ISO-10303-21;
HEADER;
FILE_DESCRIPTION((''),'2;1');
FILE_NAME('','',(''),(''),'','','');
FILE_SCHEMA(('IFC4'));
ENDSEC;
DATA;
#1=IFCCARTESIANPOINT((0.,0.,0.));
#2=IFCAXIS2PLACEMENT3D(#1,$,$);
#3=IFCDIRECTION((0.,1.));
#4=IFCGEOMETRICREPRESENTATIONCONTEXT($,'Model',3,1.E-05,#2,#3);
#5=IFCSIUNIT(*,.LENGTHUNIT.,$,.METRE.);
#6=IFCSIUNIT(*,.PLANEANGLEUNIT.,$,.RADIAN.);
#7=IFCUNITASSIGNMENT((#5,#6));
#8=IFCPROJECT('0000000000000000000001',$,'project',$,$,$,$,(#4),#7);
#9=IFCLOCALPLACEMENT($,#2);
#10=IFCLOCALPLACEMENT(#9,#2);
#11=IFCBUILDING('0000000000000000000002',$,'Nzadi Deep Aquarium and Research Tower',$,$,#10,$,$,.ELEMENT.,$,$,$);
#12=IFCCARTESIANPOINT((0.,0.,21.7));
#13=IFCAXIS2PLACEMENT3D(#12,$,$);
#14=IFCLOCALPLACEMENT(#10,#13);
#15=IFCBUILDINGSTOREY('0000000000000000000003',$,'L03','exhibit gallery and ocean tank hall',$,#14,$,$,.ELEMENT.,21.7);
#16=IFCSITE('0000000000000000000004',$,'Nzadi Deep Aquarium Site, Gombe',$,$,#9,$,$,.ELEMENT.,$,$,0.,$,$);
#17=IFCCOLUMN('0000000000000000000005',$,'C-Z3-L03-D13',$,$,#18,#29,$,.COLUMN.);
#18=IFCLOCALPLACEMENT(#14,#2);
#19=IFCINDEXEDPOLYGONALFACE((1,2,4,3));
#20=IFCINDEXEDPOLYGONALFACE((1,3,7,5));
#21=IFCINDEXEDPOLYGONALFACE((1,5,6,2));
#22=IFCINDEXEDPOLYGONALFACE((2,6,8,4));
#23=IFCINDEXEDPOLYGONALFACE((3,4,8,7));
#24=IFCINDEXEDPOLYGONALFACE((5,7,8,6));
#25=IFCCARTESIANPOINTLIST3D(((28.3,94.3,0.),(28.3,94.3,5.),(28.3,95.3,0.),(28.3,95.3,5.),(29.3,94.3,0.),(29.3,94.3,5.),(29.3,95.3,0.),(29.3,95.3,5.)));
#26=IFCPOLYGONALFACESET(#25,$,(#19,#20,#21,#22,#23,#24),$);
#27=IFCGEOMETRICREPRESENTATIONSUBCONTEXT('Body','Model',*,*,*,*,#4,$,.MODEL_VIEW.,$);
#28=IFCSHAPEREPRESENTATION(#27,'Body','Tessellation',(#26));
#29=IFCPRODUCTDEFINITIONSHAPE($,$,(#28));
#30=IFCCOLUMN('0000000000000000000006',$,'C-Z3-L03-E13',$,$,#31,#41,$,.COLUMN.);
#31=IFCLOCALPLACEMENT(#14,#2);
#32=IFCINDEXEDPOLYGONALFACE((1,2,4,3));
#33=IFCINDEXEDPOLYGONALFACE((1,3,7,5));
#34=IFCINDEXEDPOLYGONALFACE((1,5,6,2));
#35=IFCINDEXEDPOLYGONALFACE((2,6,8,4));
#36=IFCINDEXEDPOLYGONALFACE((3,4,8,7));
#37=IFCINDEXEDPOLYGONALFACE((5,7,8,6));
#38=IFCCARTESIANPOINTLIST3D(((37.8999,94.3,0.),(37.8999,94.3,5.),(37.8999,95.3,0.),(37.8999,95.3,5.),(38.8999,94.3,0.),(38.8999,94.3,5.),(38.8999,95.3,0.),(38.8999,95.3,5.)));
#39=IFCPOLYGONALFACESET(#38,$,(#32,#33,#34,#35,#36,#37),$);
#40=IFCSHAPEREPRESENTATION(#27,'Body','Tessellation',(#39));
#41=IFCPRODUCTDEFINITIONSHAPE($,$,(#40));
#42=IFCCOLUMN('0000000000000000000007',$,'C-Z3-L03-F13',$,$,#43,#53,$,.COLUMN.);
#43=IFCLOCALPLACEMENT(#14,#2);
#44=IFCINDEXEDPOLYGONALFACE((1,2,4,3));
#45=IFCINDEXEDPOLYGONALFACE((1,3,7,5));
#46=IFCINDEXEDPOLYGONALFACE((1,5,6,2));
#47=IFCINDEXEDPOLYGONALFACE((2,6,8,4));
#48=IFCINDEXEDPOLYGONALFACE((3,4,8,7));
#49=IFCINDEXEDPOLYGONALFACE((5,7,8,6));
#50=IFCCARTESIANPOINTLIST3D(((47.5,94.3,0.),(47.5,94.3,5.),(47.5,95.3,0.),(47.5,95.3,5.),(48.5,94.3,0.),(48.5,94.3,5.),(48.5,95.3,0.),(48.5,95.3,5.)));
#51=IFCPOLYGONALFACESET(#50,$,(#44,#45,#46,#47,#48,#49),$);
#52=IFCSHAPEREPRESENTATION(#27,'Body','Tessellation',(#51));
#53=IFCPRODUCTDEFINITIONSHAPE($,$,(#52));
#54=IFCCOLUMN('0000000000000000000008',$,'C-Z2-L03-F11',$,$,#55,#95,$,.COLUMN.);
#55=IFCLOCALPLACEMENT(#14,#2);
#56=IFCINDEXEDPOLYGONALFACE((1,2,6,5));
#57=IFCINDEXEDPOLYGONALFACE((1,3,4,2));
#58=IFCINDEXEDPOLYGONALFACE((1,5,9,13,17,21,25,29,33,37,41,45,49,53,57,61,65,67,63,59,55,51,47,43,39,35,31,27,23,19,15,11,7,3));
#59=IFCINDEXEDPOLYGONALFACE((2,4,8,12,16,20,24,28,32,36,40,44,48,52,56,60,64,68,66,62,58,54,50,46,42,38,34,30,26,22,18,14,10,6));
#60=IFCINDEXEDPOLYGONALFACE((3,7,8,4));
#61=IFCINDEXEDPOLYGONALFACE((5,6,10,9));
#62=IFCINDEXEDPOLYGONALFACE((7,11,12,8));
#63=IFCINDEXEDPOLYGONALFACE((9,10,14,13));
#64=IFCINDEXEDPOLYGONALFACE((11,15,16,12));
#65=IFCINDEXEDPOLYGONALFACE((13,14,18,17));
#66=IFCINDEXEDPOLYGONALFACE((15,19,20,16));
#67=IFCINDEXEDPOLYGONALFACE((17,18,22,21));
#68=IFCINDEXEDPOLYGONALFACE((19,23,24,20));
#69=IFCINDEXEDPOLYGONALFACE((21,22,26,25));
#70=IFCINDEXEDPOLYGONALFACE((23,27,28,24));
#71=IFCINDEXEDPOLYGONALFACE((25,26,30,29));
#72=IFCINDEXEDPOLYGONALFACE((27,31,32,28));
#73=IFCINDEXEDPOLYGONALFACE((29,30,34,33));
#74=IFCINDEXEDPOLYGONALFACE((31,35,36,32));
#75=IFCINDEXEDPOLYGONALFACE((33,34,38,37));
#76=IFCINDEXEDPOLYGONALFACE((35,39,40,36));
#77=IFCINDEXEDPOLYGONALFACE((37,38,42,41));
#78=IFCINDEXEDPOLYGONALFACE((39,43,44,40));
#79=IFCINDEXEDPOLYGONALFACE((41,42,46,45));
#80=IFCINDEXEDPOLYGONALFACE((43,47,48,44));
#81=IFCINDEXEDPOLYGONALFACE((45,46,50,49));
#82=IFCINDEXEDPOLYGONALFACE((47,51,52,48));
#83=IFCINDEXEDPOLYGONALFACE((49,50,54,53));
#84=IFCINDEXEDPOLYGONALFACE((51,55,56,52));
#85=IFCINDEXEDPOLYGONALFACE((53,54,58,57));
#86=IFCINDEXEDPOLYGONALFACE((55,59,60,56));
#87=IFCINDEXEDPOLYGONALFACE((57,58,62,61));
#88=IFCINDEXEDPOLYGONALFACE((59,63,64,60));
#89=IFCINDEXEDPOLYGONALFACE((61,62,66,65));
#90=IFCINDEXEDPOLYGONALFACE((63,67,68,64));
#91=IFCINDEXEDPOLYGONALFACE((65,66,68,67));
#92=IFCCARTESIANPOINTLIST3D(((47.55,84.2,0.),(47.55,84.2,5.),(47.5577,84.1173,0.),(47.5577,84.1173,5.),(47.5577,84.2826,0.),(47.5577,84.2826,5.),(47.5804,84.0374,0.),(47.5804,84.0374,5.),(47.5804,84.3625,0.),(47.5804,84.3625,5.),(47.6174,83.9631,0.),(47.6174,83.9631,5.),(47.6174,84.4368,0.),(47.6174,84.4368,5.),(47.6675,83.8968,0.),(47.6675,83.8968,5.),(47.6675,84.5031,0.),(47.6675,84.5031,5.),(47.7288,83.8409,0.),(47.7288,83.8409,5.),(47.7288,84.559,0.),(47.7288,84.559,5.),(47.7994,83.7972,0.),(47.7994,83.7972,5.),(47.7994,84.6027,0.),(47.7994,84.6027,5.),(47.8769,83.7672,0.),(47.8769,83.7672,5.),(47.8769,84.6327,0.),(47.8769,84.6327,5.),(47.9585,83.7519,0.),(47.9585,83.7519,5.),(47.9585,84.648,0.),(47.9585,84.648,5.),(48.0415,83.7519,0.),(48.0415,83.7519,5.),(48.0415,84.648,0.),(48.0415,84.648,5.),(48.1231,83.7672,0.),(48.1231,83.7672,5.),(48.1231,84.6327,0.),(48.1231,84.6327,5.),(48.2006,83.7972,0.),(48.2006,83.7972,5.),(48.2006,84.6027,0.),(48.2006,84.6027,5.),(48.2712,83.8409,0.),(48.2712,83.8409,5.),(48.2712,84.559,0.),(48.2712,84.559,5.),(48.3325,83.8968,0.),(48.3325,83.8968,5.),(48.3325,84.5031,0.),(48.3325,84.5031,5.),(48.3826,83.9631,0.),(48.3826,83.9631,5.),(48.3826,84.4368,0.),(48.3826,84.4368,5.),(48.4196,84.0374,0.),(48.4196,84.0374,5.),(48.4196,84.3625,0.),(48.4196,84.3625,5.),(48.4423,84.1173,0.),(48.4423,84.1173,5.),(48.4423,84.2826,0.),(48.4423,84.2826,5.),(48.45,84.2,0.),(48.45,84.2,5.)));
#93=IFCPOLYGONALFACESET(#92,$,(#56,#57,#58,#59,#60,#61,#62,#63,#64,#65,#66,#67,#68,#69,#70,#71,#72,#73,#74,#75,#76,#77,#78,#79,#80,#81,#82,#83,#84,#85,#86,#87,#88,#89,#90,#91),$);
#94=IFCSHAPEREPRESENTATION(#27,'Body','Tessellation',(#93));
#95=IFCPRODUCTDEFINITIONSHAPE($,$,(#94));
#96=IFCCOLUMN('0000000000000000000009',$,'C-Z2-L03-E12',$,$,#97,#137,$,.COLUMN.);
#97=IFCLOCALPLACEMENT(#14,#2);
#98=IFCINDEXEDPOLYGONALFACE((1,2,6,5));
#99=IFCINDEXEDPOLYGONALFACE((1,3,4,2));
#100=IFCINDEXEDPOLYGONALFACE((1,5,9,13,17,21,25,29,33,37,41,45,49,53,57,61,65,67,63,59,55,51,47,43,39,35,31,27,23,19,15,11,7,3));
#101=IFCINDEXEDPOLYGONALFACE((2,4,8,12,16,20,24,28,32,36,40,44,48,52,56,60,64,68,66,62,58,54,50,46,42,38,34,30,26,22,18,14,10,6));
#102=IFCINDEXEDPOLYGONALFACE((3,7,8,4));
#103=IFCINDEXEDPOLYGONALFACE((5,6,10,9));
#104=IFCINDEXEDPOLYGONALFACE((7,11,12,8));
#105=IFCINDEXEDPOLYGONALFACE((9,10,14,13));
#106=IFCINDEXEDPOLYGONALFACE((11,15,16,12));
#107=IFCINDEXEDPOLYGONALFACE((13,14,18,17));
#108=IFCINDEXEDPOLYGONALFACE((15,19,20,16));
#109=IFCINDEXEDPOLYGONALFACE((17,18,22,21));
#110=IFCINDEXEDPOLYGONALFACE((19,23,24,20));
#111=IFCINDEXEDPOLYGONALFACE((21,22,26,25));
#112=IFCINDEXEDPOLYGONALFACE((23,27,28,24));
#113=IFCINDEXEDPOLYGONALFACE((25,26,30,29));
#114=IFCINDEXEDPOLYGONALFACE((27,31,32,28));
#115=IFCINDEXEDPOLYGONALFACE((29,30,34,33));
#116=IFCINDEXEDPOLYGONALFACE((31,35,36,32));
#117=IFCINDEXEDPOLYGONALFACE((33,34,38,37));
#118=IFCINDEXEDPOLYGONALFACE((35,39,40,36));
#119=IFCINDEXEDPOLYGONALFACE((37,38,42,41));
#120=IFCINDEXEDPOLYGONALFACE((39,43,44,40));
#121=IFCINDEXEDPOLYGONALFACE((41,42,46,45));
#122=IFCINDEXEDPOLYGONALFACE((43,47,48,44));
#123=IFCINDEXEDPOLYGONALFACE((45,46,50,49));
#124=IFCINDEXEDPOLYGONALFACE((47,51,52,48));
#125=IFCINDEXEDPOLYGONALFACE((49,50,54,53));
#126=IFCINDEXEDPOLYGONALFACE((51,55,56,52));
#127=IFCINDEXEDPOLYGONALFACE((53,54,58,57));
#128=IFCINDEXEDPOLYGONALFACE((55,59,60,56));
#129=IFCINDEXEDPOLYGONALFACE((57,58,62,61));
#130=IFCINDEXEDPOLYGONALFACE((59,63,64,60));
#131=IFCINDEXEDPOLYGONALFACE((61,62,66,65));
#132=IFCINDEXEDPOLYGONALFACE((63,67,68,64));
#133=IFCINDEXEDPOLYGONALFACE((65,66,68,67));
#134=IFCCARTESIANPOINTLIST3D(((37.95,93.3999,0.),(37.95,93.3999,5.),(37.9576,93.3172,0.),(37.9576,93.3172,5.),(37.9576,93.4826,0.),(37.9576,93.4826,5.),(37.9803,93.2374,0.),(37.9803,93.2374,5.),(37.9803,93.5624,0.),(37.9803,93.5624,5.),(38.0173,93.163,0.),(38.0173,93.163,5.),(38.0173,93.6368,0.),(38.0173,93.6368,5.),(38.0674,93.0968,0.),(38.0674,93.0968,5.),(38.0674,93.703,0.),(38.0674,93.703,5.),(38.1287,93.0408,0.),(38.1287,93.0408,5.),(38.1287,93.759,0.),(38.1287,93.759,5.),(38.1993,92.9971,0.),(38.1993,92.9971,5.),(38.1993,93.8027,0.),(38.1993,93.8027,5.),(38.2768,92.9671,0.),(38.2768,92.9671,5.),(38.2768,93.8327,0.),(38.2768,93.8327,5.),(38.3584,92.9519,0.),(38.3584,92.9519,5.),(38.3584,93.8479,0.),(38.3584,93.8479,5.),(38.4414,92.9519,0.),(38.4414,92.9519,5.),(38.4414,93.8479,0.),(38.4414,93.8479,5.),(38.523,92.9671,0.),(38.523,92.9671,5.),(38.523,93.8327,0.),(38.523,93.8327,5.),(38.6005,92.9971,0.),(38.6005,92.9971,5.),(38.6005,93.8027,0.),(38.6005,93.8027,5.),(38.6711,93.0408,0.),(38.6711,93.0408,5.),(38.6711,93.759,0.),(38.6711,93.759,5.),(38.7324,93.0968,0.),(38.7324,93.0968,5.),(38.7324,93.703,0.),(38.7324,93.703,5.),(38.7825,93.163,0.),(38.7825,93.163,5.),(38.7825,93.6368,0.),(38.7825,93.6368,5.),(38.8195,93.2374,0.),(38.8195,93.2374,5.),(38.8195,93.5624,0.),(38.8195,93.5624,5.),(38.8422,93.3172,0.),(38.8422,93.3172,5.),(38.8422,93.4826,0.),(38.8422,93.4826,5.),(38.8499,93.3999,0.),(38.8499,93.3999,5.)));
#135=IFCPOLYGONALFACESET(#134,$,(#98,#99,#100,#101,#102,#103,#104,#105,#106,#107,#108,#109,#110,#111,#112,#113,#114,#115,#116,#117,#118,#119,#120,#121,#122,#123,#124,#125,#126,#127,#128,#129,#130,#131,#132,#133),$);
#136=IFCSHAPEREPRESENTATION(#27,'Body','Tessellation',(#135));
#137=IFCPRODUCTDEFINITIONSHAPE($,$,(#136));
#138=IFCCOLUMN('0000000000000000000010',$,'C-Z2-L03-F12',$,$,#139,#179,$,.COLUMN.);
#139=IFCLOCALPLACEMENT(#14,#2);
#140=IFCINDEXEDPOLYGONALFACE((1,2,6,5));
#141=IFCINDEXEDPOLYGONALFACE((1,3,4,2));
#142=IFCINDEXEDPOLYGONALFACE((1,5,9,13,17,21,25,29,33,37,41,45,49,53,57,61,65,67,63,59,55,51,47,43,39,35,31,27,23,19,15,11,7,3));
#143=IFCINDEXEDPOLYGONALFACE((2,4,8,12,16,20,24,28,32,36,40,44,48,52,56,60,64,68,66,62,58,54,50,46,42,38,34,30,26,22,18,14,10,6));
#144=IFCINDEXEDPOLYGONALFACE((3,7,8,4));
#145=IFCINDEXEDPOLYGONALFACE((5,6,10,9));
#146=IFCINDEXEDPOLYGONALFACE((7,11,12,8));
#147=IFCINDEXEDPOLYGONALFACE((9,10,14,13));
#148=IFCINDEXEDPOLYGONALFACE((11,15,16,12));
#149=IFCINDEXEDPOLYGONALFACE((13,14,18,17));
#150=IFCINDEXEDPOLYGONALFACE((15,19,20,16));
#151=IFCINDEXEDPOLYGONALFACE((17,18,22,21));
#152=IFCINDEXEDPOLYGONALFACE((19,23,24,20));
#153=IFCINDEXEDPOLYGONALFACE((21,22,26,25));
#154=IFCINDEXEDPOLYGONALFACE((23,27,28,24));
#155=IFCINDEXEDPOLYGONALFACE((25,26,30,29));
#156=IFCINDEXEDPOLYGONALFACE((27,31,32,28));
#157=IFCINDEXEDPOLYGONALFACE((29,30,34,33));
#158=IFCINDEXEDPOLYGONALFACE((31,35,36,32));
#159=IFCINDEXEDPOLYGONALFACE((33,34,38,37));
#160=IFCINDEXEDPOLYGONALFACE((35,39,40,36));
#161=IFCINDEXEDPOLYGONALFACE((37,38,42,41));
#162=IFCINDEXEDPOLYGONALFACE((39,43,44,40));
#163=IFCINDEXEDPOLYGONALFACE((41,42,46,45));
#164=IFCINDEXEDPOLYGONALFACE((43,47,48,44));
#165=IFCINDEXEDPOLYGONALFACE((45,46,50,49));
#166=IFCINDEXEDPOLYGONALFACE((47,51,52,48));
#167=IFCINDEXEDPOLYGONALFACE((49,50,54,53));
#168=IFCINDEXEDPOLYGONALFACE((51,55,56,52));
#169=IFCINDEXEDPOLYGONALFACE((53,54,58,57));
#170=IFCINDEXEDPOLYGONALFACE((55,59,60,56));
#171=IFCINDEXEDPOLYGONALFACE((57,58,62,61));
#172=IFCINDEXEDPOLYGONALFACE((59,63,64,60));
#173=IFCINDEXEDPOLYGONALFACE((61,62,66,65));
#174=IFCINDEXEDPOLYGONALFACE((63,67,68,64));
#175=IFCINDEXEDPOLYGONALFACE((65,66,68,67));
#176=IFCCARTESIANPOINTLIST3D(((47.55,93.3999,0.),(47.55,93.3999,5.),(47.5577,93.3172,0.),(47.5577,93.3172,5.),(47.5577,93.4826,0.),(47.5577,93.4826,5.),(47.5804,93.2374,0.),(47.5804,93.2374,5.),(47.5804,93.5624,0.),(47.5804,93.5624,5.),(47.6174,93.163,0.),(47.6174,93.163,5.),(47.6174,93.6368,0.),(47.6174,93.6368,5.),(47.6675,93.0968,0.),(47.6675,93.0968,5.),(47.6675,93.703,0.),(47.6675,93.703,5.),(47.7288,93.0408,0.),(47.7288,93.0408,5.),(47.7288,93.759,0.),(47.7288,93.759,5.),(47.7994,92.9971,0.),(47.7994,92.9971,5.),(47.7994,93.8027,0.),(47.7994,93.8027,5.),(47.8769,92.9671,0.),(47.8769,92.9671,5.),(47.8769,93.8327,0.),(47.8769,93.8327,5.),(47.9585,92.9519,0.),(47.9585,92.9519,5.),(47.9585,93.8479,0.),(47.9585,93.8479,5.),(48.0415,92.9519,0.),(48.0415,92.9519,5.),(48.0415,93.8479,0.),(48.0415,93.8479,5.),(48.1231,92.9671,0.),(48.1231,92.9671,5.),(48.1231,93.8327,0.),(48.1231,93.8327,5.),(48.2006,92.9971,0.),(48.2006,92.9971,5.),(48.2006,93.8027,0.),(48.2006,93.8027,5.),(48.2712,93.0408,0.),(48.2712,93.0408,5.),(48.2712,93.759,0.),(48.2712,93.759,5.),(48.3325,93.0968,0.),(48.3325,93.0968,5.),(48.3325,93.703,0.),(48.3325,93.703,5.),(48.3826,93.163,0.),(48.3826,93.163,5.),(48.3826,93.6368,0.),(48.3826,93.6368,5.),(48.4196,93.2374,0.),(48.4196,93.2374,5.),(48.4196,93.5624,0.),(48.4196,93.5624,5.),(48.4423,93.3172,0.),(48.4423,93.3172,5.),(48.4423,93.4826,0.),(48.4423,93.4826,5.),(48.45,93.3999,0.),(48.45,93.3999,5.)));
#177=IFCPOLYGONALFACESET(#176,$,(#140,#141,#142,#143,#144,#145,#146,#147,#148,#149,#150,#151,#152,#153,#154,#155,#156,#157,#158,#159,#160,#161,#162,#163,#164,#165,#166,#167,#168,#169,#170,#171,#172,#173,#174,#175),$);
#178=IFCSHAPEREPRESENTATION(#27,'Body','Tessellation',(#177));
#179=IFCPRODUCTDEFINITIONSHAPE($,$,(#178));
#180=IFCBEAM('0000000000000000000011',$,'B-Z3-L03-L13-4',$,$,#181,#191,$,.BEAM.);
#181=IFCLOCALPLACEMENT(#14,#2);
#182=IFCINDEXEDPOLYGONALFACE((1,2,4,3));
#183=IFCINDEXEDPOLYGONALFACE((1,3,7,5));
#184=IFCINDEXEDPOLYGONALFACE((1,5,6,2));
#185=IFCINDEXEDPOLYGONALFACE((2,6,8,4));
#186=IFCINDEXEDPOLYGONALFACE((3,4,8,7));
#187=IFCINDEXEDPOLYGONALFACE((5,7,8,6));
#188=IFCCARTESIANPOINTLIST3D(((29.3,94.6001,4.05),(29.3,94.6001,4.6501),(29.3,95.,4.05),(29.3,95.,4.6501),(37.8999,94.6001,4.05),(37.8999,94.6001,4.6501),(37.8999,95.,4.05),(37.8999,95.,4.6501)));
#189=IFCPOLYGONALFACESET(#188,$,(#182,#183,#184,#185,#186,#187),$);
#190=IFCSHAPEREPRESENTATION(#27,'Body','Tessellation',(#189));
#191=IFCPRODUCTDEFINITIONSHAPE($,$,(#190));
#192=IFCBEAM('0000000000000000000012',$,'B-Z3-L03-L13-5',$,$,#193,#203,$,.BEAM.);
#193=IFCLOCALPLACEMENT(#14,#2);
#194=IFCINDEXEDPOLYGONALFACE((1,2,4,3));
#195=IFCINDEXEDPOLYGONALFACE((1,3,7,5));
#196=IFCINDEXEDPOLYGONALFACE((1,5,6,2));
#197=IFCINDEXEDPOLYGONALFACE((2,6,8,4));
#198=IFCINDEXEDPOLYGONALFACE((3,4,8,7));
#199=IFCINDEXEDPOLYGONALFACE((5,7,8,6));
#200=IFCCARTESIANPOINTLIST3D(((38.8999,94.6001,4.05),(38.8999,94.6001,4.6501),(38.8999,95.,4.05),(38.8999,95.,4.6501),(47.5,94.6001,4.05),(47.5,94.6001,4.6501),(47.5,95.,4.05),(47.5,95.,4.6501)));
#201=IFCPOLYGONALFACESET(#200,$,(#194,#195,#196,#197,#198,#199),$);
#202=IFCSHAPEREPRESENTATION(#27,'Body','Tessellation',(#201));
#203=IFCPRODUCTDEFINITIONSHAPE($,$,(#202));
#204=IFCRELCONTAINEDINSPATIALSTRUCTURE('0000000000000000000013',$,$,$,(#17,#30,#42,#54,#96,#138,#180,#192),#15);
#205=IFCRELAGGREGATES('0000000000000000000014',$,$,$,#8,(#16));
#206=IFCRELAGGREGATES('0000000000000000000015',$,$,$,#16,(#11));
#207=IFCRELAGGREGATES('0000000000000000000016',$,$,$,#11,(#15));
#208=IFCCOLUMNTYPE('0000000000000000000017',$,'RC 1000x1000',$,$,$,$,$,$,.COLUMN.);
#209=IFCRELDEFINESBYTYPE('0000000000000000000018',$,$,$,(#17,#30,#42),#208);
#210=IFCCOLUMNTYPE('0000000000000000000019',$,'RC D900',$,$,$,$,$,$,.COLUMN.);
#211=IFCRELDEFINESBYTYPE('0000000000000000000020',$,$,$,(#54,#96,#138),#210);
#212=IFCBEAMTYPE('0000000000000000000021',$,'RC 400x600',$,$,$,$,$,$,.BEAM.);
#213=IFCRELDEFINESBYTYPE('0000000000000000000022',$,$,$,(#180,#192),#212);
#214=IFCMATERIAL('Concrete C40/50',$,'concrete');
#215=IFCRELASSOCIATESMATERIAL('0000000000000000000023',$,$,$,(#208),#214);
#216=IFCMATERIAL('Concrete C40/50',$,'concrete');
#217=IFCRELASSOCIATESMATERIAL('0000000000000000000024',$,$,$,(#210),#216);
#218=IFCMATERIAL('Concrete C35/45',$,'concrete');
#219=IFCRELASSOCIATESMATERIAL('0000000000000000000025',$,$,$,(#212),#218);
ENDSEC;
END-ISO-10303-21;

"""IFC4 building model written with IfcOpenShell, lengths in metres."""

from ifc_helpers import new_model, si_unit, direction, frame, origin, origin_2d, place, context, subcontext, project, spatial, rectangle, circle, extrude, material, material_profile, profile_set, type_object, element, save


model = new_model("IFC4")

# Units and contexts
model_context = context("Model", 3, precision=1e-05, world=origin(), true_north=direction((0.0, 1.0)))
body_context = subcontext(model_context, "Body", "Model", "MODEL_VIEW")
ifc_project = project(units=[si_unit("LENGTHUNIT", "METRE"), si_unit("PLANEANGLEUNIT", "RADIAN")], contexts=[model_context])

# Site, building, storey
site_placement = place(None, origin())
site = spatial("IfcSite", under=ifc_project, at=site_placement, Name="Nzadi Deep Aquarium Site, Gombe", CompositionType="ELEMENT", RefElevation=0.0)
building_placement = place(site_placement, origin())
building = spatial("IfcBuilding", under=site, at=building_placement, Name="Nzadi Deep Aquarium and Research Tower", CompositionType="ELEMENT")
storey_placement = place(building_placement, frame((0.0, 0.0, 21.7)))
storey = spatial("IfcBuildingStorey", under=building, at=storey_placement, Name="L03", Description="exhibit gallery and ocean tank hall", CompositionType="ELEMENT", Elevation=21.7)

# Columns
ifc_material_1 = material(Name="Concrete C40/50", Category="concrete")
ifc_material_profile_1 = material_profile(ifc_material_1, rectangle(XDim=1.0, YDim=1.0, at=origin_2d()))
ifc_profile_set_1 = profile_set([ifc_material_profile_1], Name="Concrete C40/50")
column_type_1 = type_object("IfcColumnType", Name="RC 1000x1000", PredefinedType="COLUMN", material=ifc_profile_set_1)
for number, where, z_axis, x_axis, name in (
    (1, (28.8, 94.8, 0.0), (0.0, 0.0, 1.0), (1.0, 0.0, 0.0), "C-Z3-L03-D13"),
    (2, (38.3999, 94.8, 0.0), (0.0, 0.0, 1.0), (1.0, 0.0, 0.0), "C-Z3-L03-E13"),
    (3, (48.0, 94.8, 0.0), (0.0, 0.0, 1.0), (1.0, 0.0, 0.0), "C-Z3-L03-F13"),
):
    element("IfcColumn", number, at=place(storey_placement, frame(where, z_axis=z_axis, x_axis=x_axis)), inside=storey, type_object=column_type_1, Name=name, PredefinedType="COLUMN", context=body_context, shape_type="SweptSolid", body=[
        extrude(rectangle(XDim=1.0, YDim=1.0, at=origin_2d()), origin(), (0.0, 0.0, 1.0), 5.0),
    ])
ifc_material_2 = material(Name="Concrete C40/50", Category="concrete")
ifc_material_profile_2 = material_profile(ifc_material_2, circle(Radius=0.45, at=origin_2d()))
ifc_profile_set_2 = profile_set([ifc_material_profile_2], Name="Concrete C40/50")
column_type_2 = type_object("IfcColumnType", Name="RC D900", PredefinedType="COLUMN", material=ifc_profile_set_2)
for number, where, z_axis, x_axis, name in (
    (4, (48.0, 84.2, 0.0), (0.0, 0.0, 1.0), (1.0, 0.0, 0.0), "C-Z2-L03-F11"),
    (5, (38.3999, 93.3999, 0.0), (0.0, 0.0, 1.0), (1.0, 0.0, 0.0), "C-Z2-L03-E12"),
    (6, (48.0, 93.3999, 0.0), (0.0, 0.0, 1.0), (1.0, 0.0, 0.0), "C-Z2-L03-F12"),
):
    element("IfcColumn", number, at=place(storey_placement, frame(where, z_axis=z_axis, x_axis=x_axis)), inside=storey, type_object=column_type_2, Name=name, PredefinedType="COLUMN", context=body_context, shape_type="SweptSolid", body=[
        extrude(circle(Radius=0.45, at=origin_2d()), origin(), (0.0, 0.0, 1.0), 5.0),
    ])

# Beams
ifc_material_3 = material(Name="Concrete C35/45", Category="concrete")
ifc_material_profile_3 = material_profile(ifc_material_3, rectangle(XDim=0.3999, YDim=0.6001, at=origin_2d()))
ifc_profile_set_3 = profile_set([ifc_material_profile_3], Name="Concrete C35/45")
beam_type_1 = type_object("IfcBeamType", Name="RC 400x600", PredefinedType="BEAM", material=ifc_profile_set_3)
beam_1_placement = place(storey_placement, frame((29.3, 94.8, 4.3501), z_axis=(1.0, 0.0, 0.0), x_axis=(0.0, 1.0, 0.0)))
element("IfcBeam", 7, at=beam_1_placement, inside=storey, type_object=beam_type_1, Name="B-Z3-L03-L13-4", PredefinedType="BEAM", context=body_context, shape_type="SweptSolid", body=[
    extrude(rectangle(XDim=0.3999, YDim=0.6001, at=origin_2d()), origin(), (0.0, 0.0, 1.0), 8.5999),
])
beam_2_placement = place(storey_placement, frame((38.8999, 94.8, 4.3501), z_axis=(1.0, 0.0, 0.0), x_axis=(0.0, 1.0, 0.0)))
element("IfcBeam", 8, at=beam_2_placement, inside=storey, type_object=beam_type_1, Name="B-Z3-L03-L13-5", PredefinedType="BEAM", context=body_context, shape_type="SweptSolid", body=[
    extrude(rectangle(XDim=0.3999, YDim=0.6001, at=origin_2d()), origin(), (0.0, 0.0, 1.0), 8.6001),
])

save(model, "model.ifc")
